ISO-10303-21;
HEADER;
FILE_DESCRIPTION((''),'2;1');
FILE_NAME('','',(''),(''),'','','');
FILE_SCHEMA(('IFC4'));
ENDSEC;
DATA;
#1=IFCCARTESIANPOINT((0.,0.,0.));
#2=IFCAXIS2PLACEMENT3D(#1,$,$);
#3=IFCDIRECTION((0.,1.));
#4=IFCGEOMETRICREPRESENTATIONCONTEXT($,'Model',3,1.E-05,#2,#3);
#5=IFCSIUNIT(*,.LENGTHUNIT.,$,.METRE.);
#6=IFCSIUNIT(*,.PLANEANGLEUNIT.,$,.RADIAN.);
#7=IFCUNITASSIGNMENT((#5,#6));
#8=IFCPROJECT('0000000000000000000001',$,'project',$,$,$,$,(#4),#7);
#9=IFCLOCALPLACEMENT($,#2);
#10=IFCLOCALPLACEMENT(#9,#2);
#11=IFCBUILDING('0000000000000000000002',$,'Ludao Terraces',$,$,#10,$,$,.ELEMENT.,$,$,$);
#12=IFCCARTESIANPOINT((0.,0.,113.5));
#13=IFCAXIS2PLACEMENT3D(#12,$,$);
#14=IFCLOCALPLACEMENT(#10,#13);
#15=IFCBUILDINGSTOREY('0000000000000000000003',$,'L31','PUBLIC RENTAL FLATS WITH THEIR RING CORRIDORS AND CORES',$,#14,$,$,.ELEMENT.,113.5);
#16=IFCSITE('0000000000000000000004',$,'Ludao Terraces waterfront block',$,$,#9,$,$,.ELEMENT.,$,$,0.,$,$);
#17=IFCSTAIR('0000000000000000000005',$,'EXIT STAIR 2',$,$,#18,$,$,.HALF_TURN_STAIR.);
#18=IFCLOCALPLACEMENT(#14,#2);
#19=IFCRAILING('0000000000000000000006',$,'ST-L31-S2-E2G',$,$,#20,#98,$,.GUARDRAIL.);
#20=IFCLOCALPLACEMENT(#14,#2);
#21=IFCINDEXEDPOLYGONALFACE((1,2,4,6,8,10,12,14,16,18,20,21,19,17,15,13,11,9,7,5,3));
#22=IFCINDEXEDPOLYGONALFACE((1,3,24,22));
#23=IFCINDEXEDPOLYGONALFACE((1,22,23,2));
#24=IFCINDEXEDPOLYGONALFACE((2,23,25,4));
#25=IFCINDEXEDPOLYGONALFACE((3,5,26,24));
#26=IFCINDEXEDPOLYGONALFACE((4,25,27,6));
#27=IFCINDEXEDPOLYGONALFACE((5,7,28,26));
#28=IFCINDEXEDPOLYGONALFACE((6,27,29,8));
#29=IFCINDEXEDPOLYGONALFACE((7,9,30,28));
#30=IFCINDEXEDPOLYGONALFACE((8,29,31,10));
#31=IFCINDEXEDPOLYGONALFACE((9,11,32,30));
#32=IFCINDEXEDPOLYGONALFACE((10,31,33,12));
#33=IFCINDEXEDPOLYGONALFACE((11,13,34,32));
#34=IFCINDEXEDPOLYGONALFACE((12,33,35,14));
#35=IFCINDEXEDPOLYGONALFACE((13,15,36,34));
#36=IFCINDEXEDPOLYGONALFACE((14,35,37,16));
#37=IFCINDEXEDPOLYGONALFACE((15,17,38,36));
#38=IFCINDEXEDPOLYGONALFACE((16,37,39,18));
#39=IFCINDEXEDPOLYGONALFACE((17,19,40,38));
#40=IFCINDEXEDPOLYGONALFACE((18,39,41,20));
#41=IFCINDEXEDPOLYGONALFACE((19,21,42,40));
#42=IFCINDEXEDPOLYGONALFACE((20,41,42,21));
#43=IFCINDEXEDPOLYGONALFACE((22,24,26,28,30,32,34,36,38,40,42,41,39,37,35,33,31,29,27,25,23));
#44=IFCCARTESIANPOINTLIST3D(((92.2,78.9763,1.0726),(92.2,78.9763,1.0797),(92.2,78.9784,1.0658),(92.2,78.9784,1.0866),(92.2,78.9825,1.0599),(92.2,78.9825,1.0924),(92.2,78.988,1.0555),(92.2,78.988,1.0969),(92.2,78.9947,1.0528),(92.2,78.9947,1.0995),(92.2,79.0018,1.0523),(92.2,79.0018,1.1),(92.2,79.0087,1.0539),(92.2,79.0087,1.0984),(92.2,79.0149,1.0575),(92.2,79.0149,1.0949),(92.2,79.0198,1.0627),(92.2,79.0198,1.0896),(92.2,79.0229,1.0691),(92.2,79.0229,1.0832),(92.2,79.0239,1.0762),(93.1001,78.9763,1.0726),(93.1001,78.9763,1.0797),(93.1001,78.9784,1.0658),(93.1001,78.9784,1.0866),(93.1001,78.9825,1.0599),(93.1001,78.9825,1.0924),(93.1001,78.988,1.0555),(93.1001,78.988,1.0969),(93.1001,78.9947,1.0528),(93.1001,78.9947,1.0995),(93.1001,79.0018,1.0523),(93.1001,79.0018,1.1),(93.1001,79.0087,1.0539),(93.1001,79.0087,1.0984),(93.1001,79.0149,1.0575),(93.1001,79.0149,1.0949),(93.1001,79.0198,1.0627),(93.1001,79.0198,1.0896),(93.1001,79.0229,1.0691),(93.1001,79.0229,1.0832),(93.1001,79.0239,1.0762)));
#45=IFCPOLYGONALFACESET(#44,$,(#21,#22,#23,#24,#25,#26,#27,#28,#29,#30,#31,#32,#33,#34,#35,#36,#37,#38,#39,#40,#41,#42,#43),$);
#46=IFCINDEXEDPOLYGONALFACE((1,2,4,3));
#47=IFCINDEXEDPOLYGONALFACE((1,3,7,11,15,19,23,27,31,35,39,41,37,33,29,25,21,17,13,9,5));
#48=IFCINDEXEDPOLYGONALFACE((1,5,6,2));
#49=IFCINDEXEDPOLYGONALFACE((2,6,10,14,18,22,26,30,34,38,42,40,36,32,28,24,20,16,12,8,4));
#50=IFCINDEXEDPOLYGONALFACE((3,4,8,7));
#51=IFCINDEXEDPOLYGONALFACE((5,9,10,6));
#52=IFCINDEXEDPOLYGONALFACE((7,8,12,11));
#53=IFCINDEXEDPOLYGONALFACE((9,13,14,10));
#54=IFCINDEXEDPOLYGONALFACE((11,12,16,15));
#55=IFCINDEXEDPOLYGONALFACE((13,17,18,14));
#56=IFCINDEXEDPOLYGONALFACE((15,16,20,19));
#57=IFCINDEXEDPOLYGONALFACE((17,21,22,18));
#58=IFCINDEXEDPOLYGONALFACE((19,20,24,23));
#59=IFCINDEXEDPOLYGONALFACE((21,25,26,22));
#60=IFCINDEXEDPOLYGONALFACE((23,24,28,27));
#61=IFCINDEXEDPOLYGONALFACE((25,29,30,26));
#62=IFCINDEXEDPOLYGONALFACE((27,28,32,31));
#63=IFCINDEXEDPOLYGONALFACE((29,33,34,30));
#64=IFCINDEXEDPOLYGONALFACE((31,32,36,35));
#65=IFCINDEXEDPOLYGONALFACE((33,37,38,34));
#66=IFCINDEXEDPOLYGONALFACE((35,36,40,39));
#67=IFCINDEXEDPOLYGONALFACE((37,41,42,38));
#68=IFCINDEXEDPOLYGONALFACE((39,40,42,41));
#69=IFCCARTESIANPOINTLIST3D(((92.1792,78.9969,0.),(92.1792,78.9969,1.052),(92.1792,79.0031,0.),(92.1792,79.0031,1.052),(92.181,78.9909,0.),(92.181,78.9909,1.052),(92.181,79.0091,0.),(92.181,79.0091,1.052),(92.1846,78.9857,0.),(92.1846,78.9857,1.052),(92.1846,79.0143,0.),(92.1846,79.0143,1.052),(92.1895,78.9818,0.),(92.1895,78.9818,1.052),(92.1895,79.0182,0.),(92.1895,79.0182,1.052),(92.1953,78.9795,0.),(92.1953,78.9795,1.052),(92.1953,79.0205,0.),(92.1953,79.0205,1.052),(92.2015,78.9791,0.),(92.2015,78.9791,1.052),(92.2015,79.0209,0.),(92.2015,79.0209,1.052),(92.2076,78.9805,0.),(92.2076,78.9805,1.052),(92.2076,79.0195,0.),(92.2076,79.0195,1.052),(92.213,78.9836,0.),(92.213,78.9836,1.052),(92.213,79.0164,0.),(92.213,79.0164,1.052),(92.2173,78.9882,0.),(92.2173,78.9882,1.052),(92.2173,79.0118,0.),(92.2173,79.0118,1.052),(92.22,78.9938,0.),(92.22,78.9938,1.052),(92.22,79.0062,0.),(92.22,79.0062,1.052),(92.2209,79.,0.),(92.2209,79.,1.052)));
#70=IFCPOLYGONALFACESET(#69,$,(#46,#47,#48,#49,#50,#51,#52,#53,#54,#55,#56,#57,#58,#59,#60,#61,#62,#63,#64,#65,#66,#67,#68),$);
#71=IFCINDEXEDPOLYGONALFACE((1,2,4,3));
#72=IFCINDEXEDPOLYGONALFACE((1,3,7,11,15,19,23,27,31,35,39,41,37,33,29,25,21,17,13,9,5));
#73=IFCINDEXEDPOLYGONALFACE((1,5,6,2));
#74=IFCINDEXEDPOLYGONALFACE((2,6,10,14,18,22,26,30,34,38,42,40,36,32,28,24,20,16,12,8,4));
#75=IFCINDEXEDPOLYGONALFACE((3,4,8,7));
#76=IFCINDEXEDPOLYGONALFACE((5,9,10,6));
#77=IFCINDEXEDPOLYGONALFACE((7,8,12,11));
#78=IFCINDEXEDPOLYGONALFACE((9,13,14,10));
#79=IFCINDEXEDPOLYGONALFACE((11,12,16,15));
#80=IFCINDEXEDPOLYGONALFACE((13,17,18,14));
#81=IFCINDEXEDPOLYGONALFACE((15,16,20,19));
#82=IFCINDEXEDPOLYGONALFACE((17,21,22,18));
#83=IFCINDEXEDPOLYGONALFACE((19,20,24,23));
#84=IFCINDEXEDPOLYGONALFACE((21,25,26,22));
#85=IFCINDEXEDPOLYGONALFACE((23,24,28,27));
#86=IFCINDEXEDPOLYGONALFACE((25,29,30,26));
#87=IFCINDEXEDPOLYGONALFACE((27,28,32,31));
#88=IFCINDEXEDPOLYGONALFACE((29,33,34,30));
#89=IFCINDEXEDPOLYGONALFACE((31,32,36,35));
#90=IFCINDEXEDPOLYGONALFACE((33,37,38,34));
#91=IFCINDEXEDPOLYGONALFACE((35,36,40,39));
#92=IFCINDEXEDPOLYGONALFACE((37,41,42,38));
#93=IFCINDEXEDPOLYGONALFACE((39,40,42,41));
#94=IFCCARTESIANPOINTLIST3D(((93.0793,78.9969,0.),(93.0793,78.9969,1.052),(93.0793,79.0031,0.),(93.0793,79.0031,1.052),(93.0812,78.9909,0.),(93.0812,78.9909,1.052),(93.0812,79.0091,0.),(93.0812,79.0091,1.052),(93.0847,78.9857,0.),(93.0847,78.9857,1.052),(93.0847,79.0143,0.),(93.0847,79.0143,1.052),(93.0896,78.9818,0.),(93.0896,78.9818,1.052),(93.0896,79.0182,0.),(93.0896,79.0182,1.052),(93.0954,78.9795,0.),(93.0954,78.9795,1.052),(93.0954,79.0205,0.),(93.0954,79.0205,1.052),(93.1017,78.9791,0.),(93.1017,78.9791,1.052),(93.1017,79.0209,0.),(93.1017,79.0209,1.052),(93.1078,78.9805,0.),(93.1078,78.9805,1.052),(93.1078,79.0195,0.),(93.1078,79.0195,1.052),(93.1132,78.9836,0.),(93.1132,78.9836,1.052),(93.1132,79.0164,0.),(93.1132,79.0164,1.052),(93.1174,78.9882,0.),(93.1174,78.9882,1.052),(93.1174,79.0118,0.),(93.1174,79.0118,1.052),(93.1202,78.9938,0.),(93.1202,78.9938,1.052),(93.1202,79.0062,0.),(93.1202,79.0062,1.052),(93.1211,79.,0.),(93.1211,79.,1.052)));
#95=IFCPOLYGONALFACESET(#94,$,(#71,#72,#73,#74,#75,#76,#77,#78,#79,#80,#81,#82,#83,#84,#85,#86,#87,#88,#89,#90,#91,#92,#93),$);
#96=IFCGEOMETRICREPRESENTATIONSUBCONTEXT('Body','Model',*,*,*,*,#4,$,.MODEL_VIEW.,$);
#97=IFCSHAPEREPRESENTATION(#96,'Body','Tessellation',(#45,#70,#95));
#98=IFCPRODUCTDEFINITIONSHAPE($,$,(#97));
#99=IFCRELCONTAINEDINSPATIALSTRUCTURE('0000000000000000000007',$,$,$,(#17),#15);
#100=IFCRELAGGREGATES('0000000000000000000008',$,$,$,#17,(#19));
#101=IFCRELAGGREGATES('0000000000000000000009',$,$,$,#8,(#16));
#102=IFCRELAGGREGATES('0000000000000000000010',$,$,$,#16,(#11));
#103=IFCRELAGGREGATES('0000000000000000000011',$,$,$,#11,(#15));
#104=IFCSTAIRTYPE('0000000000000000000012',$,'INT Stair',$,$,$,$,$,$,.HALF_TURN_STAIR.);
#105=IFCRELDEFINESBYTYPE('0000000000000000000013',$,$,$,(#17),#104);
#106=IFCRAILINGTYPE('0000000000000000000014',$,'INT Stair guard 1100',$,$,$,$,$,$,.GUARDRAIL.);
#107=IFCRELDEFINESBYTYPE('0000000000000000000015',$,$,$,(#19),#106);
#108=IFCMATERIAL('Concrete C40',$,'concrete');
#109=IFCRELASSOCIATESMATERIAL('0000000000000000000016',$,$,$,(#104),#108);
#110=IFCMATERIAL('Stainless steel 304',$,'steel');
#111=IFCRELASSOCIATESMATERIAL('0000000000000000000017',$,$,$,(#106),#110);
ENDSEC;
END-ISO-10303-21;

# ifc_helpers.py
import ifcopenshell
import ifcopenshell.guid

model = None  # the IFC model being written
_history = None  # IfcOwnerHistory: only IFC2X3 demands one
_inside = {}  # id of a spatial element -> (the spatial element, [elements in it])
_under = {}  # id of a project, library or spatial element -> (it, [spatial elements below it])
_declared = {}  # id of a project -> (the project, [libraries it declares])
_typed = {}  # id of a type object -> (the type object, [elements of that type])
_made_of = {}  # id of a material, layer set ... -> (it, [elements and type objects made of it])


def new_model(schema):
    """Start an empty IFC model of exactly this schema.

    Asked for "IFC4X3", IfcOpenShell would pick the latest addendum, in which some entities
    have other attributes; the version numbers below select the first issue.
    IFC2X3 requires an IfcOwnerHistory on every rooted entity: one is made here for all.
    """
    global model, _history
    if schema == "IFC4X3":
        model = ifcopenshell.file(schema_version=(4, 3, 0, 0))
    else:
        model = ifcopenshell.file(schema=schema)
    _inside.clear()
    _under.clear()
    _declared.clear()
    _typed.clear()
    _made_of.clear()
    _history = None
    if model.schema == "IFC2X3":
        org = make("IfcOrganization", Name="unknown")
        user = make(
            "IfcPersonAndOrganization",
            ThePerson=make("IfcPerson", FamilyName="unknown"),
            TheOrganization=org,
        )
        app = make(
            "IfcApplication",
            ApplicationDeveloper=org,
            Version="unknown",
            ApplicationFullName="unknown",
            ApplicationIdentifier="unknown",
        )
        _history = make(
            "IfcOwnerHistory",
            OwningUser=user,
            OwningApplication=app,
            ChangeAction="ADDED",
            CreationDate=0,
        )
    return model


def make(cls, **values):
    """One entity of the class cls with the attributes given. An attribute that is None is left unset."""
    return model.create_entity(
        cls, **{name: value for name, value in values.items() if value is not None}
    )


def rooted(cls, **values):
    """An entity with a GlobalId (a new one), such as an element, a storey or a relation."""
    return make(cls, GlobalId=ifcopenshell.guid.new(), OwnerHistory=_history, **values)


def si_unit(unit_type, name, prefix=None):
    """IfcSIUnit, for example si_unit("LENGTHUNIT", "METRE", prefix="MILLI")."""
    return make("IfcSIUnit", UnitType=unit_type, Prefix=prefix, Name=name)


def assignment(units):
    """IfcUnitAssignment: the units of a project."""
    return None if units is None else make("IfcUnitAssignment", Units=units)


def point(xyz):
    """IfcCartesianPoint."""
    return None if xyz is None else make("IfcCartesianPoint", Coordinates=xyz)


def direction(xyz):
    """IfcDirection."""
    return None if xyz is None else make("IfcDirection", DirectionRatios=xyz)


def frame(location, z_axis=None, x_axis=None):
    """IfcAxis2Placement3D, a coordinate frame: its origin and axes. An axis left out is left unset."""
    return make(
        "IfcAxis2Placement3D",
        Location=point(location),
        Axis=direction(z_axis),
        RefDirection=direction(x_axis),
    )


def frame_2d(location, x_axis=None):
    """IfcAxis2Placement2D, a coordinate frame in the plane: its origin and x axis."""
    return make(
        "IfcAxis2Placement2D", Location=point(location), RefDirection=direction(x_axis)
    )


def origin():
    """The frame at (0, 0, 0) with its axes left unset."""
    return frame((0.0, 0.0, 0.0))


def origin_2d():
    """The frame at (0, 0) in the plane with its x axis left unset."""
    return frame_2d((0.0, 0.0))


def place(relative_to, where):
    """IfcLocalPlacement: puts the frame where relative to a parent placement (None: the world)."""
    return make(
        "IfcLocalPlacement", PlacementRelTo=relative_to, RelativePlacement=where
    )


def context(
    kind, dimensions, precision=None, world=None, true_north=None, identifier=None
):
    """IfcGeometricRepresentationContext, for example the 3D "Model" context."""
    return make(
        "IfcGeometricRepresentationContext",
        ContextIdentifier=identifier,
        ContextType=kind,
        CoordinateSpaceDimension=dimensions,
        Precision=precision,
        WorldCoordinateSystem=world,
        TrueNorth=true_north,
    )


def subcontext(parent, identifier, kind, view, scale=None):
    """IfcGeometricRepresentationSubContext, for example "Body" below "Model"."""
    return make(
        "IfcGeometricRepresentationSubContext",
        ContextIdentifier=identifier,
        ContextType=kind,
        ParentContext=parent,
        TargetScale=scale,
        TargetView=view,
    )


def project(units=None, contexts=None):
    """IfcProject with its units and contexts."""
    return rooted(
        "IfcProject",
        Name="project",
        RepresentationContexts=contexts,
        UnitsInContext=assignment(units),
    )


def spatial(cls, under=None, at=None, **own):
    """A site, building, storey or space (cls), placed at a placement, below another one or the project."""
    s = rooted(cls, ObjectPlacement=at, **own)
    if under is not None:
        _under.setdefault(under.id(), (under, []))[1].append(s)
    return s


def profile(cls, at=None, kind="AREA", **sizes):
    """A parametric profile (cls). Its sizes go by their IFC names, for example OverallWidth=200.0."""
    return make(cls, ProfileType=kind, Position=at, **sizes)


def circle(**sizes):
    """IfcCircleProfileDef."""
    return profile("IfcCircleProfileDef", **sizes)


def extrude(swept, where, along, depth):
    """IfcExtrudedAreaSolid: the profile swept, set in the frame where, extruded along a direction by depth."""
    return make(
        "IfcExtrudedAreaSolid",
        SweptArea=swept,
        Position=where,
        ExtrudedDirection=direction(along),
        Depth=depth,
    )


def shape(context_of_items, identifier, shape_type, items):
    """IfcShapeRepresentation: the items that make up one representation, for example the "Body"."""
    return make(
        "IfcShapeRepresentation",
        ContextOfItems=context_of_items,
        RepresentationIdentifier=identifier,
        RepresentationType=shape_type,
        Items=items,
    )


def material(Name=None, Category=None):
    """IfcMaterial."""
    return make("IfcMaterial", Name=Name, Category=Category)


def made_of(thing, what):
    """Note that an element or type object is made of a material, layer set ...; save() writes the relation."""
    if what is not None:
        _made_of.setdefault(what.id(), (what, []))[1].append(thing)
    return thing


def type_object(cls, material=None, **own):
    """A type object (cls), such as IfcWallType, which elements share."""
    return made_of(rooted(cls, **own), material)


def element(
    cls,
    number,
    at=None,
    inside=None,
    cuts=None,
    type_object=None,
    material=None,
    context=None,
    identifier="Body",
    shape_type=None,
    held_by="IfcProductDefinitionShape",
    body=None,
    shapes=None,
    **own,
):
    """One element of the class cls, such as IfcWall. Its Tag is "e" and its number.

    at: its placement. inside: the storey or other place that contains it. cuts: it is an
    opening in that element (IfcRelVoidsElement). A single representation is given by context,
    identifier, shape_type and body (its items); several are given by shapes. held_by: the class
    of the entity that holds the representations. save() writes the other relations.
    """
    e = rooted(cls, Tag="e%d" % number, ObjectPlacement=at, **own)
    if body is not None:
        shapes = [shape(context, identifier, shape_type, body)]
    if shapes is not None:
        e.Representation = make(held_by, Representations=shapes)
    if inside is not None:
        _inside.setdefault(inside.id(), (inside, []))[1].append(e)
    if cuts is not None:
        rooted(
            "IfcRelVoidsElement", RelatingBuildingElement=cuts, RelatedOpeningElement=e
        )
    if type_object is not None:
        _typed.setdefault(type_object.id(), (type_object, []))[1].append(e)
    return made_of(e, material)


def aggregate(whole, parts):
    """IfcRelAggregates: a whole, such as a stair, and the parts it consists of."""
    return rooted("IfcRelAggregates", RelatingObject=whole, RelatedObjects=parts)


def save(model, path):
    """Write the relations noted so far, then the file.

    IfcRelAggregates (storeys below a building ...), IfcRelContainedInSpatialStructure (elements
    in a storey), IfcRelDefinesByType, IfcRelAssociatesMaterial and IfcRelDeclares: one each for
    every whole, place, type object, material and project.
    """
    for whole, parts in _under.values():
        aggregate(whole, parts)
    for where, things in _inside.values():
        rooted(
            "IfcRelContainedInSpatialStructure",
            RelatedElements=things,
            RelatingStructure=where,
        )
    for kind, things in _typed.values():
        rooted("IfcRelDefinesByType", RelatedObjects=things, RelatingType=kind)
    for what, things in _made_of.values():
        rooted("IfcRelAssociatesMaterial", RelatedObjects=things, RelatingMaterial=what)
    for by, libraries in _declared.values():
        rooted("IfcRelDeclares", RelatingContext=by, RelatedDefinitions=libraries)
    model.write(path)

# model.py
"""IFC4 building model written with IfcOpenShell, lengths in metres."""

from ifc_helpers import new_model, si_unit, direction, frame, origin, origin_2d, place, context, subcontext, project, spatial, circle, extrude, material, type_object, element, aggregate, save


model = new_model("IFC4")

# Units and contexts
model_context = context("Model", 3, precision=1e-05, world=origin(), true_north=direction((0.0, 1.0)))
body_context = subcontext(model_context, "Body", "Model", "MODEL_VIEW")
ifc_project = project(units=[si_unit("LENGTHUNIT", "METRE"), si_unit("PLANEANGLEUNIT", "RADIAN")], contexts=[model_context])

# Site, building, storey
site_placement = place(None, origin())
site = spatial("IfcSite", under=ifc_project, at=site_placement, Name="Ludao Terraces waterfront block", CompositionType="ELEMENT", RefElevation=0.0)
building_placement = place(site_placement, origin())
building = spatial("IfcBuilding", under=site, at=building_placement, Name="Ludao Terraces", CompositionType="ELEMENT")
storey_placement = place(building_placement, frame((0.0, 0.0, 113.5)))
storey = spatial("IfcBuildingStorey", under=building, at=storey_placement, Name="L31", Description="PUBLIC RENTAL FLATS WITH THEIR RING CORRIDORS AND CORES", CompositionType="ELEMENT", Elevation=113.5)

# Shared definitions
ifc_material_1 = material(Name="Concrete C40", Category="concrete")

# Stair, railing
stair_type = type_object("IfcStairType", Name="INT Stair", PredefinedType="HALF_TURN_STAIR", material=ifc_material_1)
stair_placement = place(storey_placement, origin())
stair = element("IfcStair", 1, at=stair_placement, inside=storey, type_object=stair_type, Name="EXIT STAIR 2", PredefinedType="HALF_TURN_STAIR")
ifc_material_2 = material(Name="Stainless steel 304", Category="steel")
railing_type_1 = type_object("IfcRailingType", Name="INT Stair guard 1100", PredefinedType="GUARDRAIL", material=ifc_material_2)
railing_1_placement = place(storey_placement, frame((92.2, 79.0, 0.0)))
railing_1 = element("IfcRailing", 2, at=railing_1_placement, type_object=railing_type_1, Name="ST-L31-S2-E2G", PredefinedType="GUARDRAIL", context=body_context, shape_type="SweptSolid", body=[
    extrude(circle(Radius=0.0239, at=origin_2d()), frame((0.0, 0.0, 1.0762), z_axis=(1.0, 0.0, 0.0), x_axis=(0.0, 1.0, 0.0)), (0.0, 0.0, 1.0), 0.9001),
    extrude(circle(Radius=0.021, at=origin_2d()), origin(), (0.0, 0.0, 1.0), 1.052),
    extrude(circle(Radius=0.021, at=origin_2d()), frame((0.9001, 0.0, 0.0)), (0.0, 0.0, 1.0), 1.052),
])
aggregate(stair, [railing_1])

save(model, "model.ifc")
